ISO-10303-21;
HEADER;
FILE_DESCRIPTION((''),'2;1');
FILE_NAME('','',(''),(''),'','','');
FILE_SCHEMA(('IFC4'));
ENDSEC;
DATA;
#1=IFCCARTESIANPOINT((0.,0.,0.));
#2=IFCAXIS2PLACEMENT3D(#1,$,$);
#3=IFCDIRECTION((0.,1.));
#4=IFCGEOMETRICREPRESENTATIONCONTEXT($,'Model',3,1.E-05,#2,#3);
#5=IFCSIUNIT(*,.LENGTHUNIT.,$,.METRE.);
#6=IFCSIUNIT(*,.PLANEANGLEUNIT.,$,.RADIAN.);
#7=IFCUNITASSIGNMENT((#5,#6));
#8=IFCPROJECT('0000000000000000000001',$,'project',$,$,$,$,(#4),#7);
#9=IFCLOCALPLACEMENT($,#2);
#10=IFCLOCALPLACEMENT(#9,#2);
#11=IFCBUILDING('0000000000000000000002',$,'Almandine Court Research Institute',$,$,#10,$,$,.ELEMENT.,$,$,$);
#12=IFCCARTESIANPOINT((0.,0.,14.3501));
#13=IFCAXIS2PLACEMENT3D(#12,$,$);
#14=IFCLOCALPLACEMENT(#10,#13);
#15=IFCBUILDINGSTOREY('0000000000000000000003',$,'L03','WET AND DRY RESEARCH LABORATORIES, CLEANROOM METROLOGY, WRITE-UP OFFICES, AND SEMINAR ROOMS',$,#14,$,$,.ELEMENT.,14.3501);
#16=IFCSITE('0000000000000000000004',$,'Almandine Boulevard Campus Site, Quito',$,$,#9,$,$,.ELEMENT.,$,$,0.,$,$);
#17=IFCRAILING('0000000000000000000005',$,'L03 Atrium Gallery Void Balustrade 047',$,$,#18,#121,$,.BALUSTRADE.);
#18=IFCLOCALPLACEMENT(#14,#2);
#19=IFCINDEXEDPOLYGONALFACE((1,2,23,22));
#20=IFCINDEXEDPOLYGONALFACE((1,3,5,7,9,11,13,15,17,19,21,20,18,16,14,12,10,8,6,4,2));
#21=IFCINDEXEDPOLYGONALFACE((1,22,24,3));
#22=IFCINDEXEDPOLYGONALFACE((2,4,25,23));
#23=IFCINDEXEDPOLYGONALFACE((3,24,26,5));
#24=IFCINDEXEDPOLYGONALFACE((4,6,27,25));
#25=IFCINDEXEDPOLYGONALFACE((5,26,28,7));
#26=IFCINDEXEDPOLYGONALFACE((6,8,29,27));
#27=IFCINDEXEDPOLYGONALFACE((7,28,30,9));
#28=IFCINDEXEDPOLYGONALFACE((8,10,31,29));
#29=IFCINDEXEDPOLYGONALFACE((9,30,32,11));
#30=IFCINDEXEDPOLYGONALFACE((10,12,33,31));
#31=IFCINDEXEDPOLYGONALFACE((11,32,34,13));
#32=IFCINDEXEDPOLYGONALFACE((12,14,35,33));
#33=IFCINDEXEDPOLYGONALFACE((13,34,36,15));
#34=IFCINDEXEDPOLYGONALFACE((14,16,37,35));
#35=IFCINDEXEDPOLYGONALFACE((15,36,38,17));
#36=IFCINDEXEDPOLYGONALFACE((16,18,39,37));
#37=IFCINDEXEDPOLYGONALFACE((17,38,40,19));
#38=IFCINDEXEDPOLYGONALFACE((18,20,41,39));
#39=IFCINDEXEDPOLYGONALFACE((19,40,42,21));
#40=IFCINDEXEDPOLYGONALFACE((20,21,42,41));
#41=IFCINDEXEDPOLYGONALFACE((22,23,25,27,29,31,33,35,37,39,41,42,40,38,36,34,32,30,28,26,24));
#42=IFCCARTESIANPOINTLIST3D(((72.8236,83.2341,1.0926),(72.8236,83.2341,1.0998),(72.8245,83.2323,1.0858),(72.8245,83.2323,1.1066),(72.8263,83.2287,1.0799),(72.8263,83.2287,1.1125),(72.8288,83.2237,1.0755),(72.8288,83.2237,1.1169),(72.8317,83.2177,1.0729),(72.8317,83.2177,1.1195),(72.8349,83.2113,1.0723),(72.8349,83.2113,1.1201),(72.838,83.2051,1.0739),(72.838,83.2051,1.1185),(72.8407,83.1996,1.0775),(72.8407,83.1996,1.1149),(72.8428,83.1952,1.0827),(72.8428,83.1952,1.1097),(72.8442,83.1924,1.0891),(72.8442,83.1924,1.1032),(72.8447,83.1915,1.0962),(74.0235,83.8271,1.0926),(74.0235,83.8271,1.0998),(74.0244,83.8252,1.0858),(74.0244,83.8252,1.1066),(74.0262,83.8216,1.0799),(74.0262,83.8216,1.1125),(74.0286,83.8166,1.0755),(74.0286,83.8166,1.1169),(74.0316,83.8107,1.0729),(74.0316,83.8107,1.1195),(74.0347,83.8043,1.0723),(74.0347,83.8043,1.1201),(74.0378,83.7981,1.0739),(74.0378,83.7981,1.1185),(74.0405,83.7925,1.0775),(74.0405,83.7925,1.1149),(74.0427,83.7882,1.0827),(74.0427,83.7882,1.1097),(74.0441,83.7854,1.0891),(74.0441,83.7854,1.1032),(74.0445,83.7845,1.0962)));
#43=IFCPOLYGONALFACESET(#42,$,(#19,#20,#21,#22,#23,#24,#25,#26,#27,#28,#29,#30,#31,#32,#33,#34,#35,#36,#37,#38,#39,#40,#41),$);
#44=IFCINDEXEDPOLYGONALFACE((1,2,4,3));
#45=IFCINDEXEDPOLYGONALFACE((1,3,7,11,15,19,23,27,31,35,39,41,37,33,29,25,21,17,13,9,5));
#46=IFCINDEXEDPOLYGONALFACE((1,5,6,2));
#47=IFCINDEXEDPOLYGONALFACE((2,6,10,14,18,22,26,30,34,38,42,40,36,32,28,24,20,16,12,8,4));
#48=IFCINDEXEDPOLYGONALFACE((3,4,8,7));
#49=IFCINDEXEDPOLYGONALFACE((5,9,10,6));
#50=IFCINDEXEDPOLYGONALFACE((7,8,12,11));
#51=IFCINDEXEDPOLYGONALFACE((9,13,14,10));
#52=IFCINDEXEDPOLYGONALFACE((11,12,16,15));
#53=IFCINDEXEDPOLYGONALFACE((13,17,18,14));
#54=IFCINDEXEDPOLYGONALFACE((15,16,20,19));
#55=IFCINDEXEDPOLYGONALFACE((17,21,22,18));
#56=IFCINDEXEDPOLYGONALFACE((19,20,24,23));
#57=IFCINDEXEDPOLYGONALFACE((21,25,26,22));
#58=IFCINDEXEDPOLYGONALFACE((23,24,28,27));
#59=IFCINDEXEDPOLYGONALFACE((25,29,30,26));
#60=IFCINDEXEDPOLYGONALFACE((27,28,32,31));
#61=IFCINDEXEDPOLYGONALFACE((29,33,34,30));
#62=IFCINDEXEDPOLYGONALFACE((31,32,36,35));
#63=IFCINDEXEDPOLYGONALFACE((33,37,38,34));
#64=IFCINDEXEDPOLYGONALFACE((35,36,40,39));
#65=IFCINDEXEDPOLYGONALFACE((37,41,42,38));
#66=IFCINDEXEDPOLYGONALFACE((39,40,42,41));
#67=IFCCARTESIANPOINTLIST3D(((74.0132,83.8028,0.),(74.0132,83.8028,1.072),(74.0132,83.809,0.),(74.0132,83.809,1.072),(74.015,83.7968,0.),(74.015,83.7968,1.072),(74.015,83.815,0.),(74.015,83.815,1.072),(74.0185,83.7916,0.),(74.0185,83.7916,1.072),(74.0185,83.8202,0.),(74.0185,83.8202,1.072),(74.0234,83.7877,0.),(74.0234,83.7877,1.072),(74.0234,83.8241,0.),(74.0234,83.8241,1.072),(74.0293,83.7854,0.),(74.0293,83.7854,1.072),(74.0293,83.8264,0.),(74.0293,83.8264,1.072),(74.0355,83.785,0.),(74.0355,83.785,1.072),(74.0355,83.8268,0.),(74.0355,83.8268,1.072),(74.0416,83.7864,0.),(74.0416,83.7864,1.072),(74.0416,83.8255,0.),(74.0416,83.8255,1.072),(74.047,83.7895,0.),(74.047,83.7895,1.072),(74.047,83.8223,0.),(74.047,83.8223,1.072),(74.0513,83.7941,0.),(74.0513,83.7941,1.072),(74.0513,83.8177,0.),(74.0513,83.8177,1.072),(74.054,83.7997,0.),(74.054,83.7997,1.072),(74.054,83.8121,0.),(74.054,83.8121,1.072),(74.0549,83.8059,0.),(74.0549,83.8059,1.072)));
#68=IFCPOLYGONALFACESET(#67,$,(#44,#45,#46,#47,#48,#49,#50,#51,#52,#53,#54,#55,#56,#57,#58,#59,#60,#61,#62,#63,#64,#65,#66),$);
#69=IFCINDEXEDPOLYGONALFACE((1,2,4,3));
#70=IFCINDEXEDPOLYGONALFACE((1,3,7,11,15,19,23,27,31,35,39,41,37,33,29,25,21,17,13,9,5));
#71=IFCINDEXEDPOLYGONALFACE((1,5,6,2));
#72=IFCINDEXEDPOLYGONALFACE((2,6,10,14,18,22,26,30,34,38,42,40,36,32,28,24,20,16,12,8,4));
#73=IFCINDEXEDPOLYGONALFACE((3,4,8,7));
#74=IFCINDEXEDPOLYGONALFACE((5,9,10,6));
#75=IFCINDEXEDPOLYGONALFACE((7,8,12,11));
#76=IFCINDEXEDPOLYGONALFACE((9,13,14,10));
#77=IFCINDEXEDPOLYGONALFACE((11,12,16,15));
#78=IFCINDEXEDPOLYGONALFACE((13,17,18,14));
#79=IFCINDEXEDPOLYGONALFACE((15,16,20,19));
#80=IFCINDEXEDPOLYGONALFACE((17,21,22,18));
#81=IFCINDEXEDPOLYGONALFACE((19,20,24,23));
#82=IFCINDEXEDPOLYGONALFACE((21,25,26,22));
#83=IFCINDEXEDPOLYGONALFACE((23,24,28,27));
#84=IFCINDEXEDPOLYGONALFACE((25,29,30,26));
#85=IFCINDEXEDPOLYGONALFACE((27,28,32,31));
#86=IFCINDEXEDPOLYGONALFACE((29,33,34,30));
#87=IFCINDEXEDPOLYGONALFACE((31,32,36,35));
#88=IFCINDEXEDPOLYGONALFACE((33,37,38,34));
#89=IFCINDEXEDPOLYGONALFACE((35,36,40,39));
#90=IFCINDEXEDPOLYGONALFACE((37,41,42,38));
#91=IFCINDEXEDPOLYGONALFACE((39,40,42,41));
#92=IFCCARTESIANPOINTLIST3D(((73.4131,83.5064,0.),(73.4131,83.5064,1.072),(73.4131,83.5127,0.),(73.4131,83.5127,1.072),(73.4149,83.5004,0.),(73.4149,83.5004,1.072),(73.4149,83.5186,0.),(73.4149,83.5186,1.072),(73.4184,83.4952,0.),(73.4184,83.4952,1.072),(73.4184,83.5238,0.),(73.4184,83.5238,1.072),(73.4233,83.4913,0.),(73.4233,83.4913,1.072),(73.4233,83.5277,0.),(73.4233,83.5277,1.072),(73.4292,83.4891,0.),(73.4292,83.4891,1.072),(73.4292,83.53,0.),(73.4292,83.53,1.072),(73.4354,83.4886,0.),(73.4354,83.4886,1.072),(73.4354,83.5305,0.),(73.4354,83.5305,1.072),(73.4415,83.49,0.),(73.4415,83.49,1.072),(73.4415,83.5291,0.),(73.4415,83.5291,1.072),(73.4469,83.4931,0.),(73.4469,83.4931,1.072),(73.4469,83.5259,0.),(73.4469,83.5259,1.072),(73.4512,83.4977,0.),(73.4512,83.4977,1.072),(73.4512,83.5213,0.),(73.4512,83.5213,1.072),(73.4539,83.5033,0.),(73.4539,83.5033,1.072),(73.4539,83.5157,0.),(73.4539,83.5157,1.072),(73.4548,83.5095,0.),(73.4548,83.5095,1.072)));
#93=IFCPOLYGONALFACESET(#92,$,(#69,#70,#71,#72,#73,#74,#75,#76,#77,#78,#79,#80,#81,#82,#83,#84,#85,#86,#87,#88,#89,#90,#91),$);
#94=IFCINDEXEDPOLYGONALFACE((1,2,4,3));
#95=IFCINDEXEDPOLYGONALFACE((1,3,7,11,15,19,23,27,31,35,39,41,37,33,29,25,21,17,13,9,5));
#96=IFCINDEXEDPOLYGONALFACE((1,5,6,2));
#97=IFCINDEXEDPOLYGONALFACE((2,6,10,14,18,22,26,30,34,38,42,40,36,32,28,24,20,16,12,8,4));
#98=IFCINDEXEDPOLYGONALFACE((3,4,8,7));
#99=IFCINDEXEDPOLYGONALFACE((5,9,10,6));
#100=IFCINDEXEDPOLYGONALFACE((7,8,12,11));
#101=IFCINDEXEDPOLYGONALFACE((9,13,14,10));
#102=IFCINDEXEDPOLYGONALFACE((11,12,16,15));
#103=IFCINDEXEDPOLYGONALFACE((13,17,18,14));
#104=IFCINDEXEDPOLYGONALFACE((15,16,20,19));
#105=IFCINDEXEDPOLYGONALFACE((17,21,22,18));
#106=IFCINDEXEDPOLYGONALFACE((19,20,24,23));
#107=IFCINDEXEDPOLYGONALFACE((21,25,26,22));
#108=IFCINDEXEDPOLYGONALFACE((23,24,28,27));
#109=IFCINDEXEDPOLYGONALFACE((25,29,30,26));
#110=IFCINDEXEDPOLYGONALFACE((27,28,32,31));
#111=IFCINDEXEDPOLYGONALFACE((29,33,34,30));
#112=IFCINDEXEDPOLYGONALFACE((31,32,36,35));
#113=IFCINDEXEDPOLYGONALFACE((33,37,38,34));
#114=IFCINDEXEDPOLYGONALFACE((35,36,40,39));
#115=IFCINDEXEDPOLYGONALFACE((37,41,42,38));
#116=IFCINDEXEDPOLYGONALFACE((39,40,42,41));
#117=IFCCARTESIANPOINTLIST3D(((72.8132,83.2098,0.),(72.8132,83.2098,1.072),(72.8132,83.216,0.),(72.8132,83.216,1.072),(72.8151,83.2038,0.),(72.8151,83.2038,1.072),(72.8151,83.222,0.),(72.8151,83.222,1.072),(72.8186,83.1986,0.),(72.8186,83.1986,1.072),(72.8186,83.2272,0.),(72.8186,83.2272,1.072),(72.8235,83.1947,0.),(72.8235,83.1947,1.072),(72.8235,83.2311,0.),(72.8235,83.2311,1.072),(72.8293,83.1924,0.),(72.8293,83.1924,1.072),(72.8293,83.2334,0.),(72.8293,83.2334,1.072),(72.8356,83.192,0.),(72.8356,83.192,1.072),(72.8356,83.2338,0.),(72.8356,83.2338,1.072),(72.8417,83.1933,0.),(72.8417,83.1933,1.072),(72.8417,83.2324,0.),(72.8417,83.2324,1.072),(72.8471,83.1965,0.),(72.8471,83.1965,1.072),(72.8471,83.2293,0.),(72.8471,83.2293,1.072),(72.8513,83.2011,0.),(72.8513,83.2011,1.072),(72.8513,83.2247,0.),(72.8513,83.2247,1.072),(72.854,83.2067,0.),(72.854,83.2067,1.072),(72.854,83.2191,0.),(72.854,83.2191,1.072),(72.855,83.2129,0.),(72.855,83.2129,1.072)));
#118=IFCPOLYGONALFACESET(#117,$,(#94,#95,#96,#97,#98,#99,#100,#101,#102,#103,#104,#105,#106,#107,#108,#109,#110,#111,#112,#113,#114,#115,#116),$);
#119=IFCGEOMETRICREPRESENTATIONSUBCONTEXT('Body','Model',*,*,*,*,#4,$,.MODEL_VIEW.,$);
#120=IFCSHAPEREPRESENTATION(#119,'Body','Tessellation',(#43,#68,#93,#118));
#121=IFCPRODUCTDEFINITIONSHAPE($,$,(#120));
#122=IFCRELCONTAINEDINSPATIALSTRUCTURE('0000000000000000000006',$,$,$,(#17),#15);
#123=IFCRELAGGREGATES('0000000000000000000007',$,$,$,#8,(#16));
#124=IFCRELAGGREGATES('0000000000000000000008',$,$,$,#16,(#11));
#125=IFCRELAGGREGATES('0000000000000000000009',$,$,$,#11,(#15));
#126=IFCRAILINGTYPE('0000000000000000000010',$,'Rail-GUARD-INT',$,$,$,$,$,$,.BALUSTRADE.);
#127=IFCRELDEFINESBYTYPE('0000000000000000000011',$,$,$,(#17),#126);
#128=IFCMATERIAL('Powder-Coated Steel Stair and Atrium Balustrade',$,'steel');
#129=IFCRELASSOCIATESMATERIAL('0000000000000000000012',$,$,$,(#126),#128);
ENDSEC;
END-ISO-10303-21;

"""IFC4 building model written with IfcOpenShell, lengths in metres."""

from ifc_helpers import new_model, si_unit, direction, frame, origin, origin_2d, place, context, subcontext, project, spatial, circle, extrude, material, type_object, element, save


model = new_model("IFC4")

# Units and contexts
model_context = context("Model", 3, precision=1e-05, world=origin(), true_north=direction((0.0, 1.0)))
body_context = subcontext(model_context, "Body", "Model", "MODEL_VIEW")
ifc_project = project(units=[si_unit("LENGTHUNIT", "METRE"), si_unit("PLANEANGLEUNIT", "RADIAN")], contexts=[model_context])

# Site, building, storey
site_placement = place(None, origin())
site = spatial("IfcSite", under=ifc_project, at=site_placement, Name="Almandine Boulevard Campus Site, Quito", CompositionType="ELEMENT", RefElevation=0.0)
building_placement = place(site_placement, origin())
building = spatial("IfcBuilding", under=site, at=building_placement, Name="Almandine Court Research Institute", CompositionType="ELEMENT")
storey_placement = place(building_placement, frame((0.0, 0.0, 14.3501)))
storey = spatial("IfcBuildingStorey", under=building, at=storey_placement, Name="L03", Description="WET AND DRY RESEARCH LABORATORIES, CLEANROOM METROLOGY, WRITE-UP OFFICES, AND SEMINAR ROOMS", CompositionType="ELEMENT", Elevation=14.3501)

# Railing
ifc_material_1 = material(Name="Powder-Coated Steel Stair and Atrium Balustrade", Category="steel")
railing_type = type_object("IfcRailingType", Name="Rail-GUARD-INT", PredefinedType="BALUSTRADE", material=ifc_material_1)
railing_1_placement = place(storey_placement, frame((74.0339, 83.8059, 0.0)))
element("IfcRailing", 1, at=railing_1_placement, inside=storey, type_object=railing_type, Name="L03 Atrium Gallery Void Balustrade 047", PredefinedType="BALUSTRADE", context=body_context, shape_type="SweptSolid", body=[
    extrude(circle(Radius=0.0239, at=origin_2d()), frame((0.0, 0.0, 1.0962), z_axis=(-0.896497, -0.44305, 0.0), x_axis=(0.44305, -0.896497, 0.0)), (0.0, 0.0, 1.0), 1.3384),
    extrude(circle(Radius=0.021, at=origin_2d()), origin(), (0.0, 0.0, 1.0), 1.072),
    extrude(circle(Radius=0.021, at=origin_2d()), frame((-0.6001, -0.2964, 0.0)), (0.0, 0.0, 1.0), 1.072),
    extrude(circle(Radius=0.021, at=origin_2d()), frame((-1.2, -0.593, 0.0)), (0.0, 0.0, 1.0), 1.072),
])

save(model, "model.ifc")
